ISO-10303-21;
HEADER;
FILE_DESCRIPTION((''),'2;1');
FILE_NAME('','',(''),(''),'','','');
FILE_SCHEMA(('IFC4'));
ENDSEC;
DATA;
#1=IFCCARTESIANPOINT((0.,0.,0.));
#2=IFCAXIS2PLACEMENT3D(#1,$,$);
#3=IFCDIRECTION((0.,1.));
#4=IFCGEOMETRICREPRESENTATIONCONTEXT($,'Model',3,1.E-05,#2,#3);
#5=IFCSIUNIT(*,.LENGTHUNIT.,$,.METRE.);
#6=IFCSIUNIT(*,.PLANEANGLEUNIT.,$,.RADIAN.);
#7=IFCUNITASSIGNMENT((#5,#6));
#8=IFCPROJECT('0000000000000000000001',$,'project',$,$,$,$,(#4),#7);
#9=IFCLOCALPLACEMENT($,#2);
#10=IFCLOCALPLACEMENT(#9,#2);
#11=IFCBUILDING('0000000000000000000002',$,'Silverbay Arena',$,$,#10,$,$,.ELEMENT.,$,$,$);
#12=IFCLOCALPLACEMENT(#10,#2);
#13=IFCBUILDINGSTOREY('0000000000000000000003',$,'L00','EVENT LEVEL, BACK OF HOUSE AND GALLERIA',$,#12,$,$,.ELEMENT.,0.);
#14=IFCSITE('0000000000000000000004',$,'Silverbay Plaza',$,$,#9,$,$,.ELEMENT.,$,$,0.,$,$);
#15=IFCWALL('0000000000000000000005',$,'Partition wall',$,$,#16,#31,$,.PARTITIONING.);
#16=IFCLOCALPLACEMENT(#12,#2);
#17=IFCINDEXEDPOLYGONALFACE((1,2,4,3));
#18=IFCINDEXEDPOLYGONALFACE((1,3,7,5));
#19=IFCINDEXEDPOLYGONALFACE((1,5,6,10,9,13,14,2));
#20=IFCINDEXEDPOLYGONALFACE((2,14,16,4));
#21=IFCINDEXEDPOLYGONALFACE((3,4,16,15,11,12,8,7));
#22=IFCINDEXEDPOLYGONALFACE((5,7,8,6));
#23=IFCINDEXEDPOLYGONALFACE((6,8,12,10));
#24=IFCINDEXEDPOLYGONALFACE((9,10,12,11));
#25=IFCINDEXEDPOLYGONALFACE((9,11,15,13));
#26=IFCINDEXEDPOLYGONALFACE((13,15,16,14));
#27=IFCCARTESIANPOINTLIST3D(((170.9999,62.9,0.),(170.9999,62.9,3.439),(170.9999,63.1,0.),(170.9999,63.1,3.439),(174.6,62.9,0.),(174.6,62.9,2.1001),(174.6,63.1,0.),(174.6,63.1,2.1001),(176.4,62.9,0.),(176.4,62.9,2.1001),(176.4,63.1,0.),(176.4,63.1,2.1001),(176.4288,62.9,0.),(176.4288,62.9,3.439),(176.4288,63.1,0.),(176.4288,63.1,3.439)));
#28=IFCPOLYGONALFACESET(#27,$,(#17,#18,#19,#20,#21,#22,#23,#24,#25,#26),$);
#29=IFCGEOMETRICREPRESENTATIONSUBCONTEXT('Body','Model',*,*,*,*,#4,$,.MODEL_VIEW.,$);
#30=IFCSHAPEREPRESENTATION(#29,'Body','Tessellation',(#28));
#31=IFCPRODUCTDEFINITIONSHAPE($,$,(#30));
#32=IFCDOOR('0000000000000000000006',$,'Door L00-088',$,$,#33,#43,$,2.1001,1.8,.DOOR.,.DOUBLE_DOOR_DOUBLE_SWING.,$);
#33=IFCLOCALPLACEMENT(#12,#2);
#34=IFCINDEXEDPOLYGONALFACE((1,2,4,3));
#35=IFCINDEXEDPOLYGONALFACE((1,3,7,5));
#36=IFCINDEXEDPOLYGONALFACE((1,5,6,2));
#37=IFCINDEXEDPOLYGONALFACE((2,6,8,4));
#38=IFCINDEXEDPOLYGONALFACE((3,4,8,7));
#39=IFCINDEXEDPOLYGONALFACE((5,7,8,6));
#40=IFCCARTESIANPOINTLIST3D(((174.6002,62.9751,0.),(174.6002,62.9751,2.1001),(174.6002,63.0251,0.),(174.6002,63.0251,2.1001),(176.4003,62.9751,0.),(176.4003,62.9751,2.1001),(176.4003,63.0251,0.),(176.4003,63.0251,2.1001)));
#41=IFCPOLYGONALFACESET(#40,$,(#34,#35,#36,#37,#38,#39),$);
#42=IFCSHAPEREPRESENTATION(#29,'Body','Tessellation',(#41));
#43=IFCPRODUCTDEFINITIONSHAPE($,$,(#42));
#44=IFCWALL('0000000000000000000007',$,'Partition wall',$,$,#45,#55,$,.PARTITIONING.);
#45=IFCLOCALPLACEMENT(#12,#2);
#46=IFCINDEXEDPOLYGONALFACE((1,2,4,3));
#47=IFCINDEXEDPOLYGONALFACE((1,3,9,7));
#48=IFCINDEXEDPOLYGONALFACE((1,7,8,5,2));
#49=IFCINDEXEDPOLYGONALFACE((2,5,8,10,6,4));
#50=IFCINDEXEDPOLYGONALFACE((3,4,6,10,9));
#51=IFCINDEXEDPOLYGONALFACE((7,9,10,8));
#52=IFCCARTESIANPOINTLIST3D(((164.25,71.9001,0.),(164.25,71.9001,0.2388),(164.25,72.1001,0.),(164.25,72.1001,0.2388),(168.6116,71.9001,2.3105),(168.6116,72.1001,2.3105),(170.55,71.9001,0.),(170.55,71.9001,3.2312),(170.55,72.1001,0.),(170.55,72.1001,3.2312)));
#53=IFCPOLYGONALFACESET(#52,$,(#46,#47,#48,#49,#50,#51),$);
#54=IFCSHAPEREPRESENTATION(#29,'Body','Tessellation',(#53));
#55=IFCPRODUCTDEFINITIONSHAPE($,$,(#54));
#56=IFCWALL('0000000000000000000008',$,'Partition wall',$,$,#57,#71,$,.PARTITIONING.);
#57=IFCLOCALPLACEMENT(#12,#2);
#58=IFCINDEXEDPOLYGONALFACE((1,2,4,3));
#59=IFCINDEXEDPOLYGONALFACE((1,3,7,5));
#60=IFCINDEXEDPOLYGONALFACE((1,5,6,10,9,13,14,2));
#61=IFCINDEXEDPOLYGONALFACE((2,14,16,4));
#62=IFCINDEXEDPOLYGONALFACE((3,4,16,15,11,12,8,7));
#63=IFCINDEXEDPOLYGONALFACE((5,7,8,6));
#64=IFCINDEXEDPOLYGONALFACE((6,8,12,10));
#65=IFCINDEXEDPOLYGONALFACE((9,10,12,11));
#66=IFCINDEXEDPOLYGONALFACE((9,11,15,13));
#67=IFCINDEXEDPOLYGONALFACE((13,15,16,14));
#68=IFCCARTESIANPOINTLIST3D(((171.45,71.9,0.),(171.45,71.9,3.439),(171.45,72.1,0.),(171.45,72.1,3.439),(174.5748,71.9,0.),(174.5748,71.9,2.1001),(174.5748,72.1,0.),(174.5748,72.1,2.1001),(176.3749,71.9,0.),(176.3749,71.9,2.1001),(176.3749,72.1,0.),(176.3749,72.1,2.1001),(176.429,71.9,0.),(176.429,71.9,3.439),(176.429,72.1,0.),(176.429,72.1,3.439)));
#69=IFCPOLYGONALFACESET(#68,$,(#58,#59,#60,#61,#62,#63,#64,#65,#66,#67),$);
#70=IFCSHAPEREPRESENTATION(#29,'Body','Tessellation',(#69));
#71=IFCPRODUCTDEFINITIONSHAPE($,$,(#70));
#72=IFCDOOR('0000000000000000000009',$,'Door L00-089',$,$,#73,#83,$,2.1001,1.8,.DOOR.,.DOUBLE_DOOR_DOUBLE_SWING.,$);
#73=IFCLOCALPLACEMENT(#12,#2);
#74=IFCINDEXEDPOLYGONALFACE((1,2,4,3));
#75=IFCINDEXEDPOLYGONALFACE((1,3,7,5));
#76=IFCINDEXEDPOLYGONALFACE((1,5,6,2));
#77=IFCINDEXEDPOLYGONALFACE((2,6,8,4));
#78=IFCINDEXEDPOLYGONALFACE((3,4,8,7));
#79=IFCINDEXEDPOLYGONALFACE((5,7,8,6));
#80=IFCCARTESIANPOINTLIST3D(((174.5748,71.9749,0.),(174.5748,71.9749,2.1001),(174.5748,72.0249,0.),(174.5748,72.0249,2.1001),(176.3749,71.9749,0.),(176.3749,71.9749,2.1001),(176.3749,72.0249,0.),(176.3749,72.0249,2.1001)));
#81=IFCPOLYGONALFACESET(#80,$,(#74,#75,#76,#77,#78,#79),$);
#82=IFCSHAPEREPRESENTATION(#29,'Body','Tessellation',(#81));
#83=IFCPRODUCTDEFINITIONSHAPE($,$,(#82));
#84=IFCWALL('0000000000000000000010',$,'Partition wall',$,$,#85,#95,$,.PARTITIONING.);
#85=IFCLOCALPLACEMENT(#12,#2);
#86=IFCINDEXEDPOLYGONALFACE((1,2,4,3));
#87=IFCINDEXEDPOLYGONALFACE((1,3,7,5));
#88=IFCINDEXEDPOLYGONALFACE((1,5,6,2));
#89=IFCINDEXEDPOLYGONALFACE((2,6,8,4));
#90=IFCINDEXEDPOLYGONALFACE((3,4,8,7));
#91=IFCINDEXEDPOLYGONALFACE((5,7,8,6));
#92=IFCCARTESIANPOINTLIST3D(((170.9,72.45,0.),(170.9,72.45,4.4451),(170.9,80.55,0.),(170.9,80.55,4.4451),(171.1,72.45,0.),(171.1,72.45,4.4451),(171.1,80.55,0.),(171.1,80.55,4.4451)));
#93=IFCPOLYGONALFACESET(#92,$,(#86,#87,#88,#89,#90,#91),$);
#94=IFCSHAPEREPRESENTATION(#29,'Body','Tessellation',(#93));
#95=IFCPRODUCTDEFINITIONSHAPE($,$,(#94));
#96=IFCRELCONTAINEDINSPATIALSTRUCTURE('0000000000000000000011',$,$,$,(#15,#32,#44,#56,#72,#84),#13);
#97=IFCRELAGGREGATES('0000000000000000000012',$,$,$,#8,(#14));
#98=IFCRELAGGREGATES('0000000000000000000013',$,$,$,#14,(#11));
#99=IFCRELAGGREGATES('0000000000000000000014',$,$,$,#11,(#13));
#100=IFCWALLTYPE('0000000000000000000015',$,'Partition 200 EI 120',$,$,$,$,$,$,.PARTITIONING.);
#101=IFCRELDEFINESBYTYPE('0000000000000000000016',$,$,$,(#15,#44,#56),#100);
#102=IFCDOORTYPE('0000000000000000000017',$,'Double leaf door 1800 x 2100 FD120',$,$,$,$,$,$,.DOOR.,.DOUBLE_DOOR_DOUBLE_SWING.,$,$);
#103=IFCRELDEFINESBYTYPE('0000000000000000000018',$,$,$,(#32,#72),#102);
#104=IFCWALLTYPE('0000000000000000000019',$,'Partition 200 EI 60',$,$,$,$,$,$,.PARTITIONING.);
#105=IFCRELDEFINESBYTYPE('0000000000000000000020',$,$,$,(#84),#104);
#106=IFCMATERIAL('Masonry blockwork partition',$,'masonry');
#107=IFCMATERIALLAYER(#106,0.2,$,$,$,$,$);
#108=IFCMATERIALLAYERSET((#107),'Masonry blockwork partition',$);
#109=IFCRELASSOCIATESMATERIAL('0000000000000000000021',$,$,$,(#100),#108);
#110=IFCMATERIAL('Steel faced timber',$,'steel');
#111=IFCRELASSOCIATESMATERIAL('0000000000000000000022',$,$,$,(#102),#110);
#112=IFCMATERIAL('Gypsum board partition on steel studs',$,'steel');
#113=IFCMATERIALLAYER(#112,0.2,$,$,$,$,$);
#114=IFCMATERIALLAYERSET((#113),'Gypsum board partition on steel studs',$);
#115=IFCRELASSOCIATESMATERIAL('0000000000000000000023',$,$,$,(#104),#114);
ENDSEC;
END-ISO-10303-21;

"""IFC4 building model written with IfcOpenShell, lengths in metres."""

from ifc_helpers import new_model, si_unit, direction, frame, frame_2d, origin, place, context, subcontext, project, spatial, polyline, rectangle, outline, extrude, material, layer, layer_set, type_object, element, fill, save


model = new_model("IFC4")

# Units and contexts
model_context = context("Model", 3, precision=1e-05, world=origin(), true_north=direction((0.0, 1.0)))
body_context = subcontext(model_context, "Body", "Model", "MODEL_VIEW")
ifc_project = project(units=[si_unit("LENGTHUNIT", "METRE"), si_unit("PLANEANGLEUNIT", "RADIAN")], contexts=[model_context])

# Site, building, storey
site_placement = place(None, origin())
site = spatial("IfcSite", under=ifc_project, at=site_placement, Name="Silverbay Plaza", CompositionType="ELEMENT", RefElevation=0.0)
building_placement = place(site_placement, origin())
building = spatial("IfcBuilding", under=site, at=building_placement, Name="Silverbay Arena", CompositionType="ELEMENT")
storey_placement = place(building_placement, origin())
storey = spatial("IfcBuildingStorey", under=building, at=storey_placement, Name="L00", Description="EVENT LEVEL, BACK OF HOUSE AND GALLERIA", CompositionType="ELEMENT", Elevation=0.0)

# Wall, opening, door
ifc_material_1 = material(Name="Masonry blockwork partition", Category="masonry")
ifc_layer_1 = layer(ifc_material_1, 0.2)
ifc_layer_set_1 = layer_set([ifc_layer_1], Name="Masonry blockwork partition")
wall_type_1 = type_object("IfcWallType", Name="Partition 200 EI 120", PredefinedType="PARTITIONING", material=ifc_layer_set_1)
wall_1_placement = place(storey_placement, frame((171.0, 63.0, 0.0), z_axis=(0.0, 0.0, 1.0), x_axis=(1.0, 0.0, 0.0)))
wall_1 = element("IfcWall", 1, at=wall_1_placement, inside=storey, type_object=wall_type_1, Name="Partition wall", PredefinedType="PARTITIONING", context=body_context, shape_type="SweptSolid", body=[
    extrude(rectangle(XDim=5.429, YDim=0.2, at=frame_2d((2.7144, 0.0))), origin(), (0.0, 0.0, 1.0), 3.439),
])
opening_1_placement = place(wall_1_placement, frame((3.6001, 0.0, 0.0)))
opening_1 = element("IfcOpeningElement", 2, at=opening_1_placement, cuts=wall_1, PredefinedType="OPENING", context=body_context, shape_type="SweptSolid", body=[
    extrude(rectangle(XDim=1.8, YDim=2.1001, at=frame_2d((0.8999, 1.05))), frame((0.0, 0.1099, 0.0), z_axis=(0.0, -1.0, 0.0), x_axis=(1.0, 0.0, 0.0)), (0.0, 0.0, 1.0), 0.22),
])
ifc_material_2 = material(Name="Steel faced timber", Category="steel")
door_type_1 = type_object("IfcDoorType", Name="Double leaf door 1800 x 2100 FD120", OperationType="DOUBLE_DOOR_DOUBLE_SWING", PredefinedType="DOOR", material=ifc_material_2)
door_1_placement = place(opening_1_placement, frame((1.8, 0.0, 0.0), z_axis=(0.0, 0.0, 1.0), x_axis=(-1.0, 0.0, 0.0)))
door_1 = element("IfcDoor", 3, at=door_1_placement, inside=storey, type_object=door_type_1, Name="Door L00-088", OperationType="DOUBLE_DOOR_DOUBLE_SWING", OverallHeight=2.1001, OverallWidth=1.8, PredefinedType="DOOR", context=body_context, shape_type="SweptSolid", body=[
    extrude(rectangle(XDim=1.8, YDim=2.1001, at=frame_2d((0.8999, 1.05))), frame((0.0, 0.0249, 0.0), z_axis=(0.0, -1.0, 0.0), x_axis=(1.0, 0.0, 0.0)), (0.0, 0.0, 1.0), 0.05),
])
fill(opening_1, door_1)

# Wall
wall_2_placement = place(storey_placement, frame((164.25, 72.0, 0.0), z_axis=(0.0, 0.0, 1.0), x_axis=(1.0, 0.0, 0.0)))
element("IfcWall", 4, at=wall_2_placement, inside=storey, type_object=wall_type_1, Name="Partition wall", PredefinedType="PARTITIONING", context=body_context, shape_type="SweptSolid", body=[
    extrude(outline(polyline([(0.0, 0.0), (6.3, 0.0), (6.3, 3.2312), (4.3616, 2.3105), (0.0, 0.2388), (0.0, 0.0)])), frame((0.0, 0.1001, 0.0), z_axis=(0.0, -1.0, 0.0), x_axis=(1.0, 0.0, 0.0)), (0.0, 0.0, 1.0), 0.2),
])

# Wall, opening, door
wall_3_placement = place(storey_placement, frame((171.45, 72.0, 0.0), z_axis=(0.0, 0.0, 1.0), x_axis=(1.0, 0.0, 0.0)))
wall_3 = element("IfcWall", 5, at=wall_3_placement, inside=storey, type_object=wall_type_1, Name="Partition wall", PredefinedType="PARTITIONING", context=body_context, shape_type="SweptSolid", body=[
    extrude(rectangle(XDim=4.979, YDim=0.2, at=frame_2d((2.4895, 0.0))), origin(), (0.0, 0.0, 1.0), 3.439),
])
opening_2_placement = place(wall_3_placement, frame((3.125, 0.0, 0.0)))
opening_2 = element("IfcOpeningElement", 6, at=opening_2_placement, cuts=wall_3, PredefinedType="OPENING", context=body_context, shape_type="SweptSolid", body=[
    extrude(rectangle(XDim=1.8, YDim=2.1001, at=frame_2d((0.8999, 1.05))), frame((0.0, 0.1099, 0.0), z_axis=(0.0, -1.0, 0.0), x_axis=(1.0, 0.0, 0.0)), (0.0, 0.0, 1.0), 0.22),
])
door_2_placement = place(opening_2_placement, origin())
door_2 = element("IfcDoor", 7, at=door_2_placement, inside=storey, type_object=door_type_1, Name="Door L00-089", OperationType="DOUBLE_DOOR_DOUBLE_SWING", OverallHeight=2.1001, OverallWidth=1.8, PredefinedType="DOOR", context=body_context, shape_type="SweptSolid", body=[
    extrude(rectangle(XDim=1.8, YDim=2.1001, at=frame_2d((0.8999, 1.05))), frame((0.0, 0.0249, 0.0), z_axis=(0.0, -1.0, 0.0), x_axis=(1.0, 0.0, 0.0)), (0.0, 0.0, 1.0), 0.05),
])
fill(opening_2, door_2)

# Wall
ifc_material_3 = material(Name="Gypsum board partition on steel studs", Category="steel")
ifc_layer_2 = layer(ifc_material_3, 0.2)
ifc_layer_set_2 = layer_set([ifc_layer_2], Name="Gypsum board partition on steel studs")
wall_type_2 = type_object("IfcWallType", Name="Partition 200 EI 60", PredefinedType="PARTITIONING", material=ifc_layer_set_2)
wall_4_placement = place(storey_placement, frame((171.0, 72.45, 0.0), z_axis=(0.0, 0.0, 1.0), x_axis=(0.0, 1.0, 0.0)))
element("IfcWall", 8, at=wall_4_placement, inside=storey, type_object=wall_type_2, Name="Partition wall", PredefinedType="PARTITIONING", context=body_context, shape_type="SweptSolid", body=[
    extrude(rectangle(XDim=8.1001, YDim=0.2, at=frame_2d((4.05, 0.0))), origin(), (0.0, 0.0, 1.0), 4.4451),
])

save(model, "model.ifc")
